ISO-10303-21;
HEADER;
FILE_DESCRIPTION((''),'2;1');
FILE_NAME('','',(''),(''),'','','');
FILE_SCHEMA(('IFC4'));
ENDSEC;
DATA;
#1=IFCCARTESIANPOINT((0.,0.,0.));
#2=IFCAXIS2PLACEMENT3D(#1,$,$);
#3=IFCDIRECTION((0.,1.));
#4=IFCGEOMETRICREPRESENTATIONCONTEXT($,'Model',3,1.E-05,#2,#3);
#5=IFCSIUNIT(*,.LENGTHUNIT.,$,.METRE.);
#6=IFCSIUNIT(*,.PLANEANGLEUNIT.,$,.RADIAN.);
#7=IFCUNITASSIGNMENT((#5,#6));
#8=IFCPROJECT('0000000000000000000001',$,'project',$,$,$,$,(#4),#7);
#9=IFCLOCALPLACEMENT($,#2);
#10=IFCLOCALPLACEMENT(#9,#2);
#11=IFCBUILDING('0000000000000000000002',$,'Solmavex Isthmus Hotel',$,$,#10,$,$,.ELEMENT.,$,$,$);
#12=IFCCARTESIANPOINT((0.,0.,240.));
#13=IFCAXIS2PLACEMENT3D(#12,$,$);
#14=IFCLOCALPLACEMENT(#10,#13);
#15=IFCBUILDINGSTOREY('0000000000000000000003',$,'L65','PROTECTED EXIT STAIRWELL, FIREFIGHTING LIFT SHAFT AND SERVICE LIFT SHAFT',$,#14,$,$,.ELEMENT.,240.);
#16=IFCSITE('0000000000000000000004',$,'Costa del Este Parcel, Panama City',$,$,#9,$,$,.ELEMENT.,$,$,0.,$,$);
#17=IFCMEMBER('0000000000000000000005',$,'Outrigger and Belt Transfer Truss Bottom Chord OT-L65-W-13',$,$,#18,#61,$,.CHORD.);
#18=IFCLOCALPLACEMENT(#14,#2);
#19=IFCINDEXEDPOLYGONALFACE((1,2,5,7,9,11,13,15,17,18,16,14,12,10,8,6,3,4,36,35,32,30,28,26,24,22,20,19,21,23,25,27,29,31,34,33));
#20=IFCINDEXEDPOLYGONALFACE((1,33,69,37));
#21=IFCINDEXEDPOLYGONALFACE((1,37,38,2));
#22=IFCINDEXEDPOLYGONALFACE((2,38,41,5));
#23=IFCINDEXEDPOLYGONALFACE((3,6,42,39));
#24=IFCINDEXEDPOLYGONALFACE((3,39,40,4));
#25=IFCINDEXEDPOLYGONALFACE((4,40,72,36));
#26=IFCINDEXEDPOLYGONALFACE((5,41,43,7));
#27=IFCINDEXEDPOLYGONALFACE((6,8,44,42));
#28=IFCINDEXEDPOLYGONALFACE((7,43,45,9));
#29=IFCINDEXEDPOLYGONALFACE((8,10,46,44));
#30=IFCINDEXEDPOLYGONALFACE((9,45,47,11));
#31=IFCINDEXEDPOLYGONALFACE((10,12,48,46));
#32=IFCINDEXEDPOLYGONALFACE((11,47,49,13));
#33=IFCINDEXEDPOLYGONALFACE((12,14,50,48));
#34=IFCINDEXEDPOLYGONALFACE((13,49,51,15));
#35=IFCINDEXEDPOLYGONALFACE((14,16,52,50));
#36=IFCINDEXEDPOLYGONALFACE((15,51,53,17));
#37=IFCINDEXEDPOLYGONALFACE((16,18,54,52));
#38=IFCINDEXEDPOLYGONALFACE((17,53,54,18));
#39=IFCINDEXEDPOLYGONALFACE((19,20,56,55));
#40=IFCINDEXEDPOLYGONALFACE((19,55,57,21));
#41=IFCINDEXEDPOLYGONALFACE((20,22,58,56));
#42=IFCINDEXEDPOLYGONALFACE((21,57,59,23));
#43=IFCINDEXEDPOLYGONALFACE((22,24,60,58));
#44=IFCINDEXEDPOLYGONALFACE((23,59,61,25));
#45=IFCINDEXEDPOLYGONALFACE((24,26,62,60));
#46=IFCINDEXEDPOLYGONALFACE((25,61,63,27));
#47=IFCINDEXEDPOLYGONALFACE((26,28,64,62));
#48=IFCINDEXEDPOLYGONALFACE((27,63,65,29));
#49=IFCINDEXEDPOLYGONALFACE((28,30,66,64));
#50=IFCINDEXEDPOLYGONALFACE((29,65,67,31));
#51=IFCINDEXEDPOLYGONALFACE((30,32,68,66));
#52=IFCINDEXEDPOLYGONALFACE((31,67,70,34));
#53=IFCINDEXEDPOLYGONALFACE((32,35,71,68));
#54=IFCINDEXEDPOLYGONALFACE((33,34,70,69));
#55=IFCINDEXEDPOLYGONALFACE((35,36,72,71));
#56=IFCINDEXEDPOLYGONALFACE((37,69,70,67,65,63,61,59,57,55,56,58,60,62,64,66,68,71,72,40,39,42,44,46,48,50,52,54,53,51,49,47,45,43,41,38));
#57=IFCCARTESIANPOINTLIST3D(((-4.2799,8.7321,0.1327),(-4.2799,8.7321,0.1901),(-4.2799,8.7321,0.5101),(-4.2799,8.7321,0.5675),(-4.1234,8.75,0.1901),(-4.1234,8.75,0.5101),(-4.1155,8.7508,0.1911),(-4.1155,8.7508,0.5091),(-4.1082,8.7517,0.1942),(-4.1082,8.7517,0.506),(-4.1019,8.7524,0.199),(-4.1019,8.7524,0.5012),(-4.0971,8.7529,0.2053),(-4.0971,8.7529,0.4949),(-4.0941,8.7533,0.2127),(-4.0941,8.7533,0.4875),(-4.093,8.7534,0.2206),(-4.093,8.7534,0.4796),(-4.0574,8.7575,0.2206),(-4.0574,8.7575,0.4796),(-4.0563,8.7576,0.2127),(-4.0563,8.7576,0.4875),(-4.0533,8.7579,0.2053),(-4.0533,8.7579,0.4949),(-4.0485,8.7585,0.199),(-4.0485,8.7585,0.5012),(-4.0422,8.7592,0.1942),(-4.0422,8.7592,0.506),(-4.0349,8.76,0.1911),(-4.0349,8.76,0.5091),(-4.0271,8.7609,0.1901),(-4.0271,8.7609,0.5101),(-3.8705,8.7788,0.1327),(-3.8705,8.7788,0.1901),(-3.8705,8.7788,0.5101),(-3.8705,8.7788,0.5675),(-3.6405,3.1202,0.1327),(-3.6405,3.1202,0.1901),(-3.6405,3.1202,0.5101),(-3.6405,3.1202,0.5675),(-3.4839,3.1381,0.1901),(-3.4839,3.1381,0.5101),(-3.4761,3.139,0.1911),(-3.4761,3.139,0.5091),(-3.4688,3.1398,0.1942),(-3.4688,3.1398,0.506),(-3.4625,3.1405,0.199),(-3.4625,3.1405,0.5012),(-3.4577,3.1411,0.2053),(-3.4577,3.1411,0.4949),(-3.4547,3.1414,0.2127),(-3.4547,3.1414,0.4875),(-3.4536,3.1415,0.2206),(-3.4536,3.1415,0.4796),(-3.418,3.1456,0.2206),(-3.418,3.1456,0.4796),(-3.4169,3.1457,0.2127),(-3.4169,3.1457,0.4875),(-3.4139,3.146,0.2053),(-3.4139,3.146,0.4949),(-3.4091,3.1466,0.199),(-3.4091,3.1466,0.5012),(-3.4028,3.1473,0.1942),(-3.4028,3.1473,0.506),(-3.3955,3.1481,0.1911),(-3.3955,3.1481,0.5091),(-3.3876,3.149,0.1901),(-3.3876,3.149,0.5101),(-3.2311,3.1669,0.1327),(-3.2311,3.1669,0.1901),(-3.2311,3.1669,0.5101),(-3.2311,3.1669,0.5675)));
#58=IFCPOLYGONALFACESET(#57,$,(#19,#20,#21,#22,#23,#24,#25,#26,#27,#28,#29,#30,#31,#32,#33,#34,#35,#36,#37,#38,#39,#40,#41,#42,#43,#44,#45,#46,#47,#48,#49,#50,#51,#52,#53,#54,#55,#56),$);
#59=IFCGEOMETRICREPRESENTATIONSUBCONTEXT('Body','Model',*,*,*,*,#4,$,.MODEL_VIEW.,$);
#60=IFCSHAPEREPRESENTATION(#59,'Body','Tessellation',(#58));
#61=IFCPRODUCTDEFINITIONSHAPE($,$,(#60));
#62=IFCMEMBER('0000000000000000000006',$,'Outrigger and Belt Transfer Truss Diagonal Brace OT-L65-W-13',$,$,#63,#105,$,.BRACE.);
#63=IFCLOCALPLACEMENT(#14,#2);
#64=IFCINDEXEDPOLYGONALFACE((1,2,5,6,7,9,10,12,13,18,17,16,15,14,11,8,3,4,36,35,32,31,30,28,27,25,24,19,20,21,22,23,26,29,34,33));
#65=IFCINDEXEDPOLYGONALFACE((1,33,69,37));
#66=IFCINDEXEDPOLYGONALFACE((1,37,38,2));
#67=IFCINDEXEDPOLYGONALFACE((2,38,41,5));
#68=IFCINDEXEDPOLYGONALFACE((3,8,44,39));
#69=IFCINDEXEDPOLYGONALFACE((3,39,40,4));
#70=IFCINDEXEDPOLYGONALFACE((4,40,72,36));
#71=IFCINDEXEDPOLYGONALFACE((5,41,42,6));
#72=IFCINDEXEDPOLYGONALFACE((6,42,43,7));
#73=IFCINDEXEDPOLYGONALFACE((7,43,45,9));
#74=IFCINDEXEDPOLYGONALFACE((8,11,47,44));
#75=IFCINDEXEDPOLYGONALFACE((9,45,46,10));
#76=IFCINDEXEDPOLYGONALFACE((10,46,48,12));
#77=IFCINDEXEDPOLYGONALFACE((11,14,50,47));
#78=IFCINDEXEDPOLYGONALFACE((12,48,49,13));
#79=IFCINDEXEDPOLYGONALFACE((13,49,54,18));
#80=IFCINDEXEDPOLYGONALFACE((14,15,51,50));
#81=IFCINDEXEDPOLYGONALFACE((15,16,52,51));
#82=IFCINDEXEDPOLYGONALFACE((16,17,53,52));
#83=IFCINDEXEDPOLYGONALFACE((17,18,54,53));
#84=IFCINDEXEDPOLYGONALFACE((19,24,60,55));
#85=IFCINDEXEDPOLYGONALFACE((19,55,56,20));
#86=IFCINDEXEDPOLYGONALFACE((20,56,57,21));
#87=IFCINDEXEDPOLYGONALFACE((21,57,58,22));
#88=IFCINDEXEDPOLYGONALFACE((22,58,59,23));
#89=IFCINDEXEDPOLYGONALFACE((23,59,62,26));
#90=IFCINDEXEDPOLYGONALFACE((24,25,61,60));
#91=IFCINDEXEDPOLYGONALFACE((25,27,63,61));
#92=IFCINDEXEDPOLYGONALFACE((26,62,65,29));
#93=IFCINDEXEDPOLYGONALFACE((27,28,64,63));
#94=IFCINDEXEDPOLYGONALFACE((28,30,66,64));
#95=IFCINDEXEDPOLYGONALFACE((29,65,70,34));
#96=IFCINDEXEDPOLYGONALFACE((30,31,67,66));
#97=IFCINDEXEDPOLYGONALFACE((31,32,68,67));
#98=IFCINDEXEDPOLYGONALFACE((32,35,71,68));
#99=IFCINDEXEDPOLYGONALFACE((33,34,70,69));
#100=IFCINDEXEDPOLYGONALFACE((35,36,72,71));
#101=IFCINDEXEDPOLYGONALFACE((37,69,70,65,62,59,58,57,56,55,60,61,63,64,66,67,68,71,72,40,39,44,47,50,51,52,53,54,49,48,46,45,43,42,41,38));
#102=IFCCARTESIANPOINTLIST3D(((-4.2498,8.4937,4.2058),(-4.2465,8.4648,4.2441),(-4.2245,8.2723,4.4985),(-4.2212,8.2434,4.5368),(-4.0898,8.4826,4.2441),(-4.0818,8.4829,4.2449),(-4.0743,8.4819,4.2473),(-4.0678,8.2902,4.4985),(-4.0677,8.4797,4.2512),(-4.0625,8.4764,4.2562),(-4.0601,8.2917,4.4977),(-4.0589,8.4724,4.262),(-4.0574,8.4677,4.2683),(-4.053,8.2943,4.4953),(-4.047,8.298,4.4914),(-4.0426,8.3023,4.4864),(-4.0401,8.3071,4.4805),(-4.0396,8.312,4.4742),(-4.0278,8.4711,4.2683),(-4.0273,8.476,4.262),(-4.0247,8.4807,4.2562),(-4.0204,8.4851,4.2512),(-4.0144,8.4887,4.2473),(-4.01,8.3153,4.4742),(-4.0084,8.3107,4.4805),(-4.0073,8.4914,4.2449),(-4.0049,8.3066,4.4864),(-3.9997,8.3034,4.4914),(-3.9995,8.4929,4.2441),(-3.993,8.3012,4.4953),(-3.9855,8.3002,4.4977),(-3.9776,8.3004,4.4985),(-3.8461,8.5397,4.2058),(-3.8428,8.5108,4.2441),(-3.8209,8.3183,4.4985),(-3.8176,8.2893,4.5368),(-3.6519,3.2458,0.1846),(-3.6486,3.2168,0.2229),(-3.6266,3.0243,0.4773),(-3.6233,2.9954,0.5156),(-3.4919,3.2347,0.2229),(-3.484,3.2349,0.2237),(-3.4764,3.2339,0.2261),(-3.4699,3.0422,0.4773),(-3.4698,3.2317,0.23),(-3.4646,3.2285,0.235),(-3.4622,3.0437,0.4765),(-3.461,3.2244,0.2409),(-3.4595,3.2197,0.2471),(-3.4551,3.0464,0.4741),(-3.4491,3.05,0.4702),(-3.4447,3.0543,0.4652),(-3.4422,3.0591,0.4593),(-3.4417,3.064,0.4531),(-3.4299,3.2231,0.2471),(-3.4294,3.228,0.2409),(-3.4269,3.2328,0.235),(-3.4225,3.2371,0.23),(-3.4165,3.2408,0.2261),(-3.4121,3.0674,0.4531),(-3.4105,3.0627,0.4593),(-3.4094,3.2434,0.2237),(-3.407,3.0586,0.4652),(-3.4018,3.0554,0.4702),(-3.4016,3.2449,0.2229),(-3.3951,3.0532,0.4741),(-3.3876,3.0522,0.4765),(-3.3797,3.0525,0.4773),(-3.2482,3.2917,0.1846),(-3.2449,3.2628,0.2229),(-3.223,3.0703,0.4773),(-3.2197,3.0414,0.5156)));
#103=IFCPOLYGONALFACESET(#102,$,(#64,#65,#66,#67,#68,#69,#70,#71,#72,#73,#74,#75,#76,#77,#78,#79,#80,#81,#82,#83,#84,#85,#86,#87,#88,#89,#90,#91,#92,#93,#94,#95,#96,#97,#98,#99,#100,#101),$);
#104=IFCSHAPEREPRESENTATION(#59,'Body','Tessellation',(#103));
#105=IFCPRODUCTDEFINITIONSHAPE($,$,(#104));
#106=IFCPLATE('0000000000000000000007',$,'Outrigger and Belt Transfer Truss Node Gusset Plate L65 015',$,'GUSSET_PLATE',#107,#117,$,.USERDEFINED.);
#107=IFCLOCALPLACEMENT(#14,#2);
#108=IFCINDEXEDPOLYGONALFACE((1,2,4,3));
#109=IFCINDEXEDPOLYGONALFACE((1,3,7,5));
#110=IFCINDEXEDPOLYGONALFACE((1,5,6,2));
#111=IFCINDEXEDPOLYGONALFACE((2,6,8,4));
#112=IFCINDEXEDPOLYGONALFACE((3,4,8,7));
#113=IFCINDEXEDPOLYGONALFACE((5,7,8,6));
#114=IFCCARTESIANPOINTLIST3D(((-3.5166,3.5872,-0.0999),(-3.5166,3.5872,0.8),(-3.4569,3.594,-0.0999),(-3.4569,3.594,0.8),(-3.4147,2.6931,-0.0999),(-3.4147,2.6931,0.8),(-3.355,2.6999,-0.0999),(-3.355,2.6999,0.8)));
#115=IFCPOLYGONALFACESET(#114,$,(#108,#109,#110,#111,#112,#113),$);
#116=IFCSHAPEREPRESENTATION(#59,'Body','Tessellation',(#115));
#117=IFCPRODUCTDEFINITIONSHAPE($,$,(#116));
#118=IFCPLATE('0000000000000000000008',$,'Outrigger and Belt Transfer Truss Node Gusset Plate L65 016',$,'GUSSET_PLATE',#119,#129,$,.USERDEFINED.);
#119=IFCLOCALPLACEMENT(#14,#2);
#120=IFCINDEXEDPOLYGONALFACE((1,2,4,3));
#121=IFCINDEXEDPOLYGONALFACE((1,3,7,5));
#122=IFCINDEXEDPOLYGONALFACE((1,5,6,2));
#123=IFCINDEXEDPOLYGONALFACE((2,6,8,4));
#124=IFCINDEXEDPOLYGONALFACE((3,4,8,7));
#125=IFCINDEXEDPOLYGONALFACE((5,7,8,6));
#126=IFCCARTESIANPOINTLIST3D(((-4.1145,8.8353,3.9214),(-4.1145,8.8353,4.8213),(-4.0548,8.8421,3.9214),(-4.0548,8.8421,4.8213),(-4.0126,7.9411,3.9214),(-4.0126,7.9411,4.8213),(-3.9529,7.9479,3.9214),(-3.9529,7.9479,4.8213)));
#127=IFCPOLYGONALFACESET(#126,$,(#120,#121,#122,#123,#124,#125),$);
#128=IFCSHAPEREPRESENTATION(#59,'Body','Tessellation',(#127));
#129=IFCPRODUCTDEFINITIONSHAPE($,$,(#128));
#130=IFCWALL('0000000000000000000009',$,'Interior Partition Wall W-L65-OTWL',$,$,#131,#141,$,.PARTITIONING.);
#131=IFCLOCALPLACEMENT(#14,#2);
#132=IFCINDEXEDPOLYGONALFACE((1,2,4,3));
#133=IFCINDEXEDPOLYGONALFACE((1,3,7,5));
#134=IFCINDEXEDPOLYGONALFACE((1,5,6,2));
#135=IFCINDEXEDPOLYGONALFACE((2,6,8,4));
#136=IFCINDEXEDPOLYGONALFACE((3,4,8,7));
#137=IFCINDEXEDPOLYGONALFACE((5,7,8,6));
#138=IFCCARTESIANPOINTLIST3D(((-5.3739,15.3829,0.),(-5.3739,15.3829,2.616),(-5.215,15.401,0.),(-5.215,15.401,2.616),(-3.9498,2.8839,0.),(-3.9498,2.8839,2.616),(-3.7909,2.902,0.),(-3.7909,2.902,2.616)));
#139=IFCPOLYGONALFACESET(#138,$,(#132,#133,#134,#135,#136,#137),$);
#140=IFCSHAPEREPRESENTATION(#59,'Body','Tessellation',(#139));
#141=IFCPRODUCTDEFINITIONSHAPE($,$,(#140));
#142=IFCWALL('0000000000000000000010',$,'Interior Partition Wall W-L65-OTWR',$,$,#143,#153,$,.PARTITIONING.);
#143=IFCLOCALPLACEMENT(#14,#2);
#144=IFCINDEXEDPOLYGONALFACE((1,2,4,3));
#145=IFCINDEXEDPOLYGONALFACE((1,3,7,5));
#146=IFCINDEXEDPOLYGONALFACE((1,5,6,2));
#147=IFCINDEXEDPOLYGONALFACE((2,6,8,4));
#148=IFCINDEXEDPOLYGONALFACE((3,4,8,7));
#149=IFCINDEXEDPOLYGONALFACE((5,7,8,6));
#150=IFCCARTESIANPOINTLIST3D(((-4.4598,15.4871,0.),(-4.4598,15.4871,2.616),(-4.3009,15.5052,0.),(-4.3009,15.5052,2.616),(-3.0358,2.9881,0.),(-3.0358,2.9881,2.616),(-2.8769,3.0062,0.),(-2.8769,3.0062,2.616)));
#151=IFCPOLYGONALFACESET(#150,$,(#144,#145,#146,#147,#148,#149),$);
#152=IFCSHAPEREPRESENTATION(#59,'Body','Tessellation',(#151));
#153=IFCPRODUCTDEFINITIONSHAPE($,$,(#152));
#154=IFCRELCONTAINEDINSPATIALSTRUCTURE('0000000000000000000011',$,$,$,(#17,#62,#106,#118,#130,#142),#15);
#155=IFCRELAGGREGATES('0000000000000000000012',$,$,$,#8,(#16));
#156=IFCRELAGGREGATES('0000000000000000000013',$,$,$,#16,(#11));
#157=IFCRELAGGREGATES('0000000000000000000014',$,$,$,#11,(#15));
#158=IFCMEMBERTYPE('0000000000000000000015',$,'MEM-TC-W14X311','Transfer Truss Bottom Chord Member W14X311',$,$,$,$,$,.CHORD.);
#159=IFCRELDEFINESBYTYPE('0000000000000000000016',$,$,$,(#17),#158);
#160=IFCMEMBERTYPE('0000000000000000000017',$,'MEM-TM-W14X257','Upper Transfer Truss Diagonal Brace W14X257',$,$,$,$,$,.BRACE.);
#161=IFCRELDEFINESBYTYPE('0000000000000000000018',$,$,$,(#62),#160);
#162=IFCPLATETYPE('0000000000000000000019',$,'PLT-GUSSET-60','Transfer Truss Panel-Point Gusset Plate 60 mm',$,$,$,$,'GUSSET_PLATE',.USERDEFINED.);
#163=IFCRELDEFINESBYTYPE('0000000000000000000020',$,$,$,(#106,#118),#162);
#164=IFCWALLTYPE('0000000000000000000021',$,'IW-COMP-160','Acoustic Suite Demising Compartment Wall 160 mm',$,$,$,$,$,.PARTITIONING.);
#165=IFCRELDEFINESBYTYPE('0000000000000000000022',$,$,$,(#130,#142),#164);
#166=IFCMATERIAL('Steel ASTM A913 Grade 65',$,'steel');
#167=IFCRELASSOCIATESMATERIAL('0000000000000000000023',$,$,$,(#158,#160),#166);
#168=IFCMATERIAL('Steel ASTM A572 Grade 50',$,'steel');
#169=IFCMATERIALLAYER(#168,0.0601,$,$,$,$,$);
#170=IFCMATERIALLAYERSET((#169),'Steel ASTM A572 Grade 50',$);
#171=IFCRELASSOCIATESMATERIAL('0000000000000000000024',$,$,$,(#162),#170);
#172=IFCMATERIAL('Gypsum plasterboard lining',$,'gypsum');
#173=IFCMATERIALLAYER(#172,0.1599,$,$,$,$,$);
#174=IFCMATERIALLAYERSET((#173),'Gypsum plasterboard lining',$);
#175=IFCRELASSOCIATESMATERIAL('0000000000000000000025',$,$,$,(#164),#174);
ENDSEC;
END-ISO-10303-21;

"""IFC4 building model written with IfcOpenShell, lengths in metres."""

from ifc_helpers import new_model, si_unit, direction, frame, frame_2d, origin, origin_2d, place, context, subcontext, project, spatial, rectangle, i_section, extrude, material, layer, layer_set, material_profile, profile_set, type_object, element, save


model = new_model("IFC4")

# Units and contexts
model_context = context("Model", 3, precision=1e-05, world=origin(), true_north=direction((0.0, 1.0)))
body_context = subcontext(model_context, "Body", "Model", "MODEL_VIEW")
ifc_project = project(units=[si_unit("LENGTHUNIT", "METRE"), si_unit("PLANEANGLEUNIT", "RADIAN")], contexts=[model_context])

# Site, building, storey
site_placement = place(None, origin())
site = spatial("IfcSite", under=ifc_project, at=site_placement, Name="Costa del Este Parcel, Panama City", CompositionType="ELEMENT", RefElevation=0.0)
building_placement = place(site_placement, origin())
building = spatial("IfcBuilding", under=site, at=building_placement, Name="Solmavex Isthmus Hotel", CompositionType="ELEMENT")
storey_placement = place(building_placement, frame((0.0, 0.0, 240.0)))
storey = spatial("IfcBuildingStorey", under=building, at=storey_placement, Name="L65", Description="PROTECTED EXIT STAIRWELL, FIREFIGHTING LIFT SHAFT AND SERVICE LIFT SHAFT", CompositionType="ELEMENT", Elevation=240.0)

# Shared definitions
ifc_material_1 = material(Name="Steel ASTM A913 Grade 65", Category="steel")

# Members
ifc_material_profile_1 = material_profile(ifc_material_1, i_section(OverallWidth=0.4121, OverallDepth=0.4348, WebThickness=0.0359, FlangeThickness=0.0574, FilletRadius=0.0305, at=origin_2d()), Name="W14X311")
ifc_profile_set_1 = profile_set([ifc_material_profile_1], Name="Steel ASTM A913 Grade 65")
member_type_1 = type_object("IfcMemberType", Name="MEM-TC-W14X311", Description="Transfer Truss Bottom Chord Member W14X311", PredefinedType="CHORD", material=ifc_profile_set_1)
member_1_placement = place(storey_placement, frame((-3.4358, 3.1436, 0.3501), z_axis=(-0.113206, 0.993571, 0.0), x_axis=(-0.993571, -0.113206, 0.0)))
element("IfcMember", 1, at=member_1_placement, inside=storey, type_object=member_type_1, Name="Outrigger and Belt Transfer Truss Bottom Chord OT-L65-W-13", PredefinedType="CHORD", context=body_context, shape_type="SweptSolid", body=[
    extrude(i_section(OverallWidth=0.4121, OverallDepth=0.4348, WebThickness=0.0359, FlangeThickness=0.0574, FilletRadius=0.0305, at=origin_2d()), origin(), (0.0, 0.0, 1.0), 5.6482),
])
ifc_material_profile_2 = material_profile(ifc_material_1, i_section(OverallWidth=0.4062, OverallDepth=0.416, WebThickness=0.0298, FlangeThickness=0.0481, FilletRadius=0.0305, at=origin_2d()), Name="W14X257")
ifc_profile_set_2 = profile_set([ifc_material_profile_2], Name="Steel ASTM A913 Grade 65")
member_type_2 = type_object("IfcMemberType", Name="MEM-TM-W14X257", Description="Upper Transfer Truss Diagonal Brace W14X257", PredefinedType="BRACE", material=ifc_profile_set_2)
member_2_placement = place(storey_placement, frame((-3.4358, 3.1436, 0.3501), z_axis=(-0.090065, 0.790546, 0.605744), x_axis=(-0.993573, -0.113196, 0.0)))
element("IfcMember", 2, at=member_2_placement, inside=storey, type_object=member_type_2, Name="Outrigger and Belt Transfer Truss Diagonal Brace OT-L65-W-13", PredefinedType="BRACE", context=body_context, shape_type="SweptSolid", body=[
    extrude(i_section(OverallWidth=0.4062, OverallDepth=0.416, WebThickness=0.0298, FlangeThickness=0.0481, FilletRadius=0.0305, at=origin_2d()), origin(), (0.0, 0.0, 1.0), 6.6384),
])

# Plates
ifc_material_2 = material(Name="Steel ASTM A572 Grade 50", Category="steel")
ifc_layer_1 = layer(ifc_material_2, 0.0601)
ifc_layer_set_1 = layer_set([ifc_layer_1], Name="Steel ASTM A572 Grade 50")
plate_type = type_object("IfcPlateType", Name="PLT-GUSSET-60", Description="Transfer Truss Panel-Point Gusset Plate 60 mm", ElementType="GUSSET_PLATE", PredefinedType="USERDEFINED", material=ifc_layer_set_1)
for number, where, z_axis, x_axis, name in (
    (3, (-3.4358, 3.1436, -0.0999), (0.0, 0.0, 1.0), (-0.113203, 0.993572, 0.0), "Outrigger and Belt Transfer Truss Node Gusset Plate L65 015"),
    (4, (-4.0337, 8.3916, 3.9214), (0.0, 0.0, 1.0), (-0.113203, 0.993572, 0.0), "Outrigger and Belt Transfer Truss Node Gusset Plate L65 016"),
):
    element("IfcPlate", number, at=place(storey_placement, frame(where, z_axis=z_axis, x_axis=x_axis)), inside=storey, type_object=plate_type, Name=name, ObjectType="GUSSET_PLATE", PredefinedType="USERDEFINED", context=body_context, shape_type="SweptSolid", body=[
        extrude(rectangle(XDim=0.8999, YDim=0.0601, at=origin_2d()), origin(), (0.0, 0.0, 1.0), 0.8999),
    ])

# Walls
ifc_material_3 = material(Name="Gypsum plasterboard lining", Category="gypsum")
ifc_layer_2 = layer(ifc_material_3, 0.1599)
ifc_layer_set_2 = layer_set([ifc_layer_2], Name="Gypsum plasterboard lining")
wall_type = type_object("IfcWallType", Name="IW-COMP-160", Description="Acoustic Suite Demising Compartment Wall 160 mm", PredefinedType="PARTITIONING", material=ifc_layer_set_2)
for number, where, z_axis, x_axis, name in (
    (5, (-3.8704, 2.8928, 0.0), (0.0, 0.0, 1.0), (-0.113202, 0.993572, 0.0), "Interior Partition Wall W-L65-OTWL"),
    (6, (-2.9563, 2.9971, 0.0), (0.0, 0.0, 1.0), (-0.113202, 0.993572, 0.0), "Interior Partition Wall W-L65-OTWR"),
):
    element("IfcWall", number, at=place(storey_placement, frame(where, z_axis=z_axis, x_axis=x_axis)), inside=storey, type_object=wall_type, Name=name, PredefinedType="PARTITIONING", context=body_context, shape_type="SweptSolid", body=[
        extrude(rectangle(XDim=12.5798, YDim=0.1599, at=frame_2d((6.29, 0.0))), origin(), (0.0, 0.0, 1.0), 2.616),
    ])

save(model, "model.ifc")
